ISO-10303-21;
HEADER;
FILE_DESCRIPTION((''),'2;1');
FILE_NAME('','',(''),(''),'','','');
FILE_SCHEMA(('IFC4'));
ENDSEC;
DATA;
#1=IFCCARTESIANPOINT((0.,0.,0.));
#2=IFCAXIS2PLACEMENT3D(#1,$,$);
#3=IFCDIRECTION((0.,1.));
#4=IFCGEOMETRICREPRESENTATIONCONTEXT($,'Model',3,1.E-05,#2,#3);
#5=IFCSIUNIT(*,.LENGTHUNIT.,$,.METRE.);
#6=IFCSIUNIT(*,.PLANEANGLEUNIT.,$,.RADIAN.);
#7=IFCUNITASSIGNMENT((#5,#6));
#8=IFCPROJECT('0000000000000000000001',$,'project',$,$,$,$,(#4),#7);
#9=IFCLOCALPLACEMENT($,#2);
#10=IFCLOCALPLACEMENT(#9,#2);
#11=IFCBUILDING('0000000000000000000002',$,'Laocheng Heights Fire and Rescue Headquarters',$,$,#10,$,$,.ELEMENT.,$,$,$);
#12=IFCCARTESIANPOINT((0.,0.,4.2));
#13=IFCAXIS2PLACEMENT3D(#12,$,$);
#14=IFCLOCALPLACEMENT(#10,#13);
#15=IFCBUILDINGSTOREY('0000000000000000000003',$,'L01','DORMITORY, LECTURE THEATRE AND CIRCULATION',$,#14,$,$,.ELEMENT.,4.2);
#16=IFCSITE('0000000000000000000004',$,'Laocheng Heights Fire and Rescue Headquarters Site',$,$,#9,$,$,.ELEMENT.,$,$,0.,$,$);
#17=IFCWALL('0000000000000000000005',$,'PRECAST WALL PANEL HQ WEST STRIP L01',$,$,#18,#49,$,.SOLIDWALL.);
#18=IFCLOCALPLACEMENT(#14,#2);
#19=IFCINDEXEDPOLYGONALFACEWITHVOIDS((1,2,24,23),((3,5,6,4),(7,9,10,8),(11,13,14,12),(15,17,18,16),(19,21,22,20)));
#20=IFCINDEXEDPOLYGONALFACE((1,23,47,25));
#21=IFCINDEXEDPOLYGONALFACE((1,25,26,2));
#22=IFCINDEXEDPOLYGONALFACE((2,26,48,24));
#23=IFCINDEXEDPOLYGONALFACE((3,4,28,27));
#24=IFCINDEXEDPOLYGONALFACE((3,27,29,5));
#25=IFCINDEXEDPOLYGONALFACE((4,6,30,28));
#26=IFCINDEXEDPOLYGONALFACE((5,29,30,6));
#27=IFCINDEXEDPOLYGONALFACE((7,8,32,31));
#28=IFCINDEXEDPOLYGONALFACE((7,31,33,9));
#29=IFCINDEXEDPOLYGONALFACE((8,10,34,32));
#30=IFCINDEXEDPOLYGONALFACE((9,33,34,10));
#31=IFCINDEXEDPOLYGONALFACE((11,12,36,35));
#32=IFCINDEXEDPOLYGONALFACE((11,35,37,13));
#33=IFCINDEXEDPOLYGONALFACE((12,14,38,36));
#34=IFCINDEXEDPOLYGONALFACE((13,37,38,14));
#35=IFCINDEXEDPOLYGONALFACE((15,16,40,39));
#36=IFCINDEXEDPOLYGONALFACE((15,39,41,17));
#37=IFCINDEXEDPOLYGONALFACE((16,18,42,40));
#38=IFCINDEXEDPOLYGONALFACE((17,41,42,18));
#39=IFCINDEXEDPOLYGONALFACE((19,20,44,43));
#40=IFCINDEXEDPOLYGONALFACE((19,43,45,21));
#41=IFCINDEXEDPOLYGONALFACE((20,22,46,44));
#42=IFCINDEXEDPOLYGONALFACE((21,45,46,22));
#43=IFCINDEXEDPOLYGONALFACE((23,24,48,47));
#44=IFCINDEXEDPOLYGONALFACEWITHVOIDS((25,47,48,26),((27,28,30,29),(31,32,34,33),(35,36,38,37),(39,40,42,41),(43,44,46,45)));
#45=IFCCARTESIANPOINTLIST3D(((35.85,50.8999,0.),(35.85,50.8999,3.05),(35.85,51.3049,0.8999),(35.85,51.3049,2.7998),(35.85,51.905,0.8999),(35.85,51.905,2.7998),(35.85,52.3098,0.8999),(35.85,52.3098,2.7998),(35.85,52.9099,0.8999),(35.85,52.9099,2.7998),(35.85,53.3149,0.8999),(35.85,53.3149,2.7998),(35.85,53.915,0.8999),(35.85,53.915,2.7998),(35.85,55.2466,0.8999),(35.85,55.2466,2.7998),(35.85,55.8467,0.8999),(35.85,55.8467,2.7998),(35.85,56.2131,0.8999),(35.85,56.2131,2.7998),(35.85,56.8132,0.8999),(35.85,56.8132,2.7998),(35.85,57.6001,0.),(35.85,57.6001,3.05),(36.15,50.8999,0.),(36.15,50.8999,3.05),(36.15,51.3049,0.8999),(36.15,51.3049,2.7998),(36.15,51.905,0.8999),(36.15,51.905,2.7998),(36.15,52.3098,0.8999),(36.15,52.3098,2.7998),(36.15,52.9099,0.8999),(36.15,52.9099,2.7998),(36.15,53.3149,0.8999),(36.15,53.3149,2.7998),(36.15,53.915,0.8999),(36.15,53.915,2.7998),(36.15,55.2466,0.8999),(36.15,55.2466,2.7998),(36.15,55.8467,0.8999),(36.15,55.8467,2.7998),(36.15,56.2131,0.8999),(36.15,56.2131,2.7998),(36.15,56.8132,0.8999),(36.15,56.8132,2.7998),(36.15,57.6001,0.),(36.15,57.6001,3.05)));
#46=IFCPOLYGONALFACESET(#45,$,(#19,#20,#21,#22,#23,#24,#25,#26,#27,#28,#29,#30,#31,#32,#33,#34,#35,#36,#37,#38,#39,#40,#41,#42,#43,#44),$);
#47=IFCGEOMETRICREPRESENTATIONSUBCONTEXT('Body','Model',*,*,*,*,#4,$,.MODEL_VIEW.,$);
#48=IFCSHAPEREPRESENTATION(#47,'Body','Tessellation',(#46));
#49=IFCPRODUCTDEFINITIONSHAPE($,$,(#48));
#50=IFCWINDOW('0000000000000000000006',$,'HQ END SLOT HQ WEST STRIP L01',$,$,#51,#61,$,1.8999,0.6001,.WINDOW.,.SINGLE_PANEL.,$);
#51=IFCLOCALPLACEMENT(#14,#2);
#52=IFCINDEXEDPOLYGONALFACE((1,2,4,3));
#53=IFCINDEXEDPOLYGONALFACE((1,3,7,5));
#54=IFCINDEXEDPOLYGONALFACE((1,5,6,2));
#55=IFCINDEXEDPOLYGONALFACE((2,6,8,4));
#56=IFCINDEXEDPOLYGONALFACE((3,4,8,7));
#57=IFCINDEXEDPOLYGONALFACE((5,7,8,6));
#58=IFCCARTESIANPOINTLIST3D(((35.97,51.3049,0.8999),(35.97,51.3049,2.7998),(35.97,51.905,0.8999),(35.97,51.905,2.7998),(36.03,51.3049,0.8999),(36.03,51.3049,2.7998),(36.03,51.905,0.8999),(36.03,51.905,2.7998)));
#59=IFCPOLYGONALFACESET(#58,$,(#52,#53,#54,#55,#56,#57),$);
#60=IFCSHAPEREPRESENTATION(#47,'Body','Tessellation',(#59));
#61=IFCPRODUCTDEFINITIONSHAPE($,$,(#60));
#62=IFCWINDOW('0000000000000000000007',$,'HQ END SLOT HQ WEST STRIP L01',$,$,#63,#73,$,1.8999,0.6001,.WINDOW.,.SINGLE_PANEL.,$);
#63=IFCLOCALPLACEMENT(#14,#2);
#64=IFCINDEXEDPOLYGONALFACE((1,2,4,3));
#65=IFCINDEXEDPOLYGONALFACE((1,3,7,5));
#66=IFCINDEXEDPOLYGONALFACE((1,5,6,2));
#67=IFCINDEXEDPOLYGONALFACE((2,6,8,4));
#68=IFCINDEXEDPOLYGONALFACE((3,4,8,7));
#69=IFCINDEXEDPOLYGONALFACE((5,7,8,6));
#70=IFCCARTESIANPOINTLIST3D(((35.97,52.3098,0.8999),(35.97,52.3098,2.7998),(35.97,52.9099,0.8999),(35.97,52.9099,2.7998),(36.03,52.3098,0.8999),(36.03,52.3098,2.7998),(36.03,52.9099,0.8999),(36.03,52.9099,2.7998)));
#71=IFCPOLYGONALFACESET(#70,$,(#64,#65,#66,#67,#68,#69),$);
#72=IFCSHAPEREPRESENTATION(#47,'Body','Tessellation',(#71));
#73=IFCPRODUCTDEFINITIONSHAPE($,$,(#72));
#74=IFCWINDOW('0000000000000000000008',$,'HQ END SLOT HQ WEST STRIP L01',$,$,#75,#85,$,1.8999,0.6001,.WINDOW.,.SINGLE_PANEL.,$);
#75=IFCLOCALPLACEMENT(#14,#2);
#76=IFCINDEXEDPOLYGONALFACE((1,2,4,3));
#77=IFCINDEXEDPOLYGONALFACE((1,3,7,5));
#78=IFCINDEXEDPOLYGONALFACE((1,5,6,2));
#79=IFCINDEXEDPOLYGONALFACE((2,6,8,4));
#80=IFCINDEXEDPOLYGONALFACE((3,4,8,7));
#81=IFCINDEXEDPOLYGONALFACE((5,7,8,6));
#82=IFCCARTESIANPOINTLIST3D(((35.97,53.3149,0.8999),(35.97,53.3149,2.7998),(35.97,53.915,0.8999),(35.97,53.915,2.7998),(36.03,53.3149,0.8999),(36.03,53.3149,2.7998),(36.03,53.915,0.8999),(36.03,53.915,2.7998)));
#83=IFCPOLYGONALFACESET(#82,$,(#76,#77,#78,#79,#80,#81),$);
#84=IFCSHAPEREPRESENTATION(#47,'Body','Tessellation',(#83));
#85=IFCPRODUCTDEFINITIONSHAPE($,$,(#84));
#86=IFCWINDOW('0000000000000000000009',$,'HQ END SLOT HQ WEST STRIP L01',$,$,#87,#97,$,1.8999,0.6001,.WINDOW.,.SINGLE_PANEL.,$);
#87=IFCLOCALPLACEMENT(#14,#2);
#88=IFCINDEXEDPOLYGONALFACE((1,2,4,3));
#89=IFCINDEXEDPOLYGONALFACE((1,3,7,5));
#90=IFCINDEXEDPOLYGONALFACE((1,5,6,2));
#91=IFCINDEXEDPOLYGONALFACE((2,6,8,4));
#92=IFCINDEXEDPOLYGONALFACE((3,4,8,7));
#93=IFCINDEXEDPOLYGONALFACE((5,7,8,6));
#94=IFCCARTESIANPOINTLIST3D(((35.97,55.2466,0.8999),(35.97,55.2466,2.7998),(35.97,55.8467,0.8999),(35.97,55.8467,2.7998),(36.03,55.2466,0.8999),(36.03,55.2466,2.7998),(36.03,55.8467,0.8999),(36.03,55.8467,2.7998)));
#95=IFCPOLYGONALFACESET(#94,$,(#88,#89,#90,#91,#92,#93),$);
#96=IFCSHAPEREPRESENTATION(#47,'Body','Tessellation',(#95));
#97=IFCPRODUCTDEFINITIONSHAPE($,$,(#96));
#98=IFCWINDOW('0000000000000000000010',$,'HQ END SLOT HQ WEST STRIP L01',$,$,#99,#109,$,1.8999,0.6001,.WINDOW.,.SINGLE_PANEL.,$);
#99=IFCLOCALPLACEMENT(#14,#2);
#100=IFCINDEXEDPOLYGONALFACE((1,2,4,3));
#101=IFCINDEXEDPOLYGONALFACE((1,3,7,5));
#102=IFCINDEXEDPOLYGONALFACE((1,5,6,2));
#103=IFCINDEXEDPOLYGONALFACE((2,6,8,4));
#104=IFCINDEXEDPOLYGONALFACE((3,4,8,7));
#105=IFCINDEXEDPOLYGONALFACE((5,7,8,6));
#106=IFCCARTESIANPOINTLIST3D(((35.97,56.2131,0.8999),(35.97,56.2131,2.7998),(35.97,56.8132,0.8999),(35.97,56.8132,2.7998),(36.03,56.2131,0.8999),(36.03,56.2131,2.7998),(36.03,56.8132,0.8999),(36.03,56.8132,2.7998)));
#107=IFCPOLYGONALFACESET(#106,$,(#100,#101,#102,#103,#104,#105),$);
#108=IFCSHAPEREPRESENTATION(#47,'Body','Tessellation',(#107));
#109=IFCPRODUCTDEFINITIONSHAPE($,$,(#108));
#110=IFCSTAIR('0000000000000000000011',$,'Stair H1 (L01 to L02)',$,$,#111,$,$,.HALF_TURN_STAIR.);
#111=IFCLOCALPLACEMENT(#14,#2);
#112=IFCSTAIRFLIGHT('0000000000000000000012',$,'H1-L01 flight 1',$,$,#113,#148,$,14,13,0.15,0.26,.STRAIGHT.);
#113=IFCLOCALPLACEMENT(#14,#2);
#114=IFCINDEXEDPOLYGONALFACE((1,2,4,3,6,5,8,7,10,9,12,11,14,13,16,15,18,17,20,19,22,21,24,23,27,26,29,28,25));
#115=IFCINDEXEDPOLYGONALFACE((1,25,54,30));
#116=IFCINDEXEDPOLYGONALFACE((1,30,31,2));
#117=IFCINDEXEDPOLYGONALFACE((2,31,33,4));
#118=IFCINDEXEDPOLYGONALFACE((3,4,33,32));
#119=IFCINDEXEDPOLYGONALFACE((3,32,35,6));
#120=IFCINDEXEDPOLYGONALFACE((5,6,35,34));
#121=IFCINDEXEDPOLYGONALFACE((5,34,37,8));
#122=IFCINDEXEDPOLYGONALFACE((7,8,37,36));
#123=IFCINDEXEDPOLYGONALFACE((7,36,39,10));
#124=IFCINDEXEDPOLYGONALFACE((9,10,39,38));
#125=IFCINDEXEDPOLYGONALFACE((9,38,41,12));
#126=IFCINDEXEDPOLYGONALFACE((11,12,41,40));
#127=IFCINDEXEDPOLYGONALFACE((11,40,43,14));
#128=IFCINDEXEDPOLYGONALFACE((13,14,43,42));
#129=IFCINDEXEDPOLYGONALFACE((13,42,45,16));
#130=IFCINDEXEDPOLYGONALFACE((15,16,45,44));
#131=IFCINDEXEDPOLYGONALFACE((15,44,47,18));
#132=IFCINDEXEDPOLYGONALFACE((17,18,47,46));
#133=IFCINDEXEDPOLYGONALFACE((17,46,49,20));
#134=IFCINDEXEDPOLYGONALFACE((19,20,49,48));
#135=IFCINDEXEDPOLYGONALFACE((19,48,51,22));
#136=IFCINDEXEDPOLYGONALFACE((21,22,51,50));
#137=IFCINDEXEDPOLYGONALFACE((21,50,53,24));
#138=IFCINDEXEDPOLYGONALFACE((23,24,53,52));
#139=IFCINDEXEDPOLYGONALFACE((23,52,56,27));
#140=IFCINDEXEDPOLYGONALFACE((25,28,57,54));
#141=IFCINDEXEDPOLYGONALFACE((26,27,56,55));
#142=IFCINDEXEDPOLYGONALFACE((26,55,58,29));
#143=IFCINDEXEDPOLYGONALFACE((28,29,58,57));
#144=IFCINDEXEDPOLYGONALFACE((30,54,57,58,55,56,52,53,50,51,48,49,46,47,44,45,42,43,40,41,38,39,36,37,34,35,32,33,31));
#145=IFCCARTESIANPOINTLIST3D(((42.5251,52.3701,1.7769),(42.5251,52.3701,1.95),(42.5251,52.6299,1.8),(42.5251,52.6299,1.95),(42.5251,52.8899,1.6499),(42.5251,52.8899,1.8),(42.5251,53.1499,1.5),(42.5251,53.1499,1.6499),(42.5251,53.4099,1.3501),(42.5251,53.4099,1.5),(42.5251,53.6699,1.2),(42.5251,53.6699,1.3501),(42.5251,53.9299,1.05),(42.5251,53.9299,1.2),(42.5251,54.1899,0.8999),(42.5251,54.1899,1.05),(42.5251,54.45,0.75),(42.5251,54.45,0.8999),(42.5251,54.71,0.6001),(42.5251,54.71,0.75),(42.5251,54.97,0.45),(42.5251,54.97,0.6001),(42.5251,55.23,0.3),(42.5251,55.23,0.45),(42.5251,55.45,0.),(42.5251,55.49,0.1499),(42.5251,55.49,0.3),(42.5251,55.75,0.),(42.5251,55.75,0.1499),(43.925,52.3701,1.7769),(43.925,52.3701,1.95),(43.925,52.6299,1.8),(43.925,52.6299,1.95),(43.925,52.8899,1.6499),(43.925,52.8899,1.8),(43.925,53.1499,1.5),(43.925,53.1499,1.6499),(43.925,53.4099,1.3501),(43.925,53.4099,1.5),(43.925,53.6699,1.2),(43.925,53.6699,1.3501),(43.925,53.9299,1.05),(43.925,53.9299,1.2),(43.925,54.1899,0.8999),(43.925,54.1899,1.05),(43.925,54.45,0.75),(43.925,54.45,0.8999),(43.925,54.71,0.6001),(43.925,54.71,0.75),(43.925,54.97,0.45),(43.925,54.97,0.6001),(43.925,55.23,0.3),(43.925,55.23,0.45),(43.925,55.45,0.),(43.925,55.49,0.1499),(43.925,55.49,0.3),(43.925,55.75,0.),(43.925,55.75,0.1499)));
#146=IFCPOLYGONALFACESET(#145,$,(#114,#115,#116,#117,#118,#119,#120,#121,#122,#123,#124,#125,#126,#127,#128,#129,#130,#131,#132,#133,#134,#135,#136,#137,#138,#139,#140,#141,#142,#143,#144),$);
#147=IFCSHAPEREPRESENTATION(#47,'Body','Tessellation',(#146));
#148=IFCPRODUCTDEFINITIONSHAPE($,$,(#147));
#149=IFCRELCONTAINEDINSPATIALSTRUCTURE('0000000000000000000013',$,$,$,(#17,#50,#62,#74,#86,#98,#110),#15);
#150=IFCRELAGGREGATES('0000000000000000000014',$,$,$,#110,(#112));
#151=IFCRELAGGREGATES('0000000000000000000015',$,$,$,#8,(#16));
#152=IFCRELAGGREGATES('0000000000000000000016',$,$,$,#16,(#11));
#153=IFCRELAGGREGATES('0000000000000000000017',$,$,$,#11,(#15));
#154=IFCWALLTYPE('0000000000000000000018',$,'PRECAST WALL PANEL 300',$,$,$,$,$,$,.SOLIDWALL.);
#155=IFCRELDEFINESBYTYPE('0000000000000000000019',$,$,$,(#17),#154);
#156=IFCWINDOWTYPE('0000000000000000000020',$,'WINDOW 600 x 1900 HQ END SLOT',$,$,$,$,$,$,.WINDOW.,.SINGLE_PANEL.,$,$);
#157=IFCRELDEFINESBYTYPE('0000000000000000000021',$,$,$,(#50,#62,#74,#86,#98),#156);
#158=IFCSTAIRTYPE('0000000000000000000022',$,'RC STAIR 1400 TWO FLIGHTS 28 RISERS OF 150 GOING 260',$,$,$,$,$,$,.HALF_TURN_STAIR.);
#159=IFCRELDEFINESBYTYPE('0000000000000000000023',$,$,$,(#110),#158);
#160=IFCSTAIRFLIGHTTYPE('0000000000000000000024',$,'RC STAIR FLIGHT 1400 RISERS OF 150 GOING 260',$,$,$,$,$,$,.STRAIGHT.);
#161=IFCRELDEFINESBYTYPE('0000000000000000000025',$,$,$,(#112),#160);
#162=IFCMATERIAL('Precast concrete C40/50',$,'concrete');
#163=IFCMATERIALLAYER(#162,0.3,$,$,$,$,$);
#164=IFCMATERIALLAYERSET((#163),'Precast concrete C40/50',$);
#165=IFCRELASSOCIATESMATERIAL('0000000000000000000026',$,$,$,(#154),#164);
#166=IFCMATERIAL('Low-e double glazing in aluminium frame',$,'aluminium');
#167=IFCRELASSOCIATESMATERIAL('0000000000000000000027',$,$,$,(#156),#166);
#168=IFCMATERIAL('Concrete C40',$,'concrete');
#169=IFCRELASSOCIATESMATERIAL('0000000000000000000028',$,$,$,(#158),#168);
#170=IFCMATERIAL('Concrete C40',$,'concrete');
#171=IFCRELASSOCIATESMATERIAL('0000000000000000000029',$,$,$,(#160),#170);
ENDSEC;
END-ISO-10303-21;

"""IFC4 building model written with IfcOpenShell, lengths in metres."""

from ifc_helpers import new_model, si_unit, direction, frame, frame_2d, origin, place, context, subcontext, project, spatial, polyline, rectangle, outline, extrude, material, layer, layer_set, type_object, element, fill, aggregate, save


model = new_model("IFC4")

# Units and contexts
model_context = context("Model", 3, precision=1e-05, world=origin(), true_north=direction((0.0, 1.0)))
body_context = subcontext(model_context, "Body", "Model", "MODEL_VIEW")
ifc_project = project(units=[si_unit("LENGTHUNIT", "METRE"), si_unit("PLANEANGLEUNIT", "RADIAN")], contexts=[model_context])

# Site, building, storey
site_placement = place(None, origin())
site = spatial("IfcSite", under=ifc_project, at=site_placement, Name="Laocheng Heights Fire and Rescue Headquarters Site", CompositionType="ELEMENT", RefElevation=0.0)
building_placement = place(site_placement, origin())
building = spatial("IfcBuilding", under=site, at=building_placement, Name="Laocheng Heights Fire and Rescue Headquarters", CompositionType="ELEMENT")
storey_placement = place(building_placement, frame((0.0, 0.0, 4.2)))
storey = spatial("IfcBuildingStorey", under=building, at=storey_placement, Name="L01", Description="DORMITORY, LECTURE THEATRE AND CIRCULATION", CompositionType="ELEMENT", Elevation=4.2)

# Wall, openings, windows
ifc_material_1 = material(Name="Precast concrete C40/50", Category="concrete")
ifc_layer_1 = layer(ifc_material_1, 0.3)
ifc_layer_set_1 = layer_set([ifc_layer_1], Name="Precast concrete C40/50")
wall_type_1 = type_object("IfcWallType", Name="PRECAST WALL PANEL 300", PredefinedType="SOLIDWALL", material=ifc_layer_set_1)
wall_1_placement = place(storey_placement, frame((36.0, 50.8999, 0.0), z_axis=(0.0, 0.0, 1.0), x_axis=(0.0, 1.0, 0.0)))
wall_1 = element("IfcWall", 1, at=wall_1_placement, inside=storey, type_object=wall_type_1, Name="PRECAST WALL PANEL HQ WEST STRIP L01", PredefinedType="SOLIDWALL", context=body_context, shape_type="SweptSolid", body=[
    extrude(rectangle(XDim=6.7002, YDim=0.3, at=frame_2d((3.3501, 0.0))), origin(), (0.0, 0.0, 1.0), 3.05),
])
opening_1_placement = place(wall_1_placement, frame((0.405, 0.0, 0.8999)))
opening_1 = element("IfcOpeningElement", 2, at=opening_1_placement, cuts=wall_1, PredefinedType="OPENING", context=body_context, shape_type="SweptSolid", body=[
    extrude(rectangle(XDim=0.6001, YDim=1.8999, at=frame_2d((0.3, 0.95))), frame((0.0, 0.1599, 0.0), z_axis=(0.0, -1.0, 0.0), x_axis=(1.0, 0.0, 0.0)), (0.0, 0.0, 1.0), 0.3201),
])
opening_2_placement = place(wall_1_placement, frame((1.4099, 0.0, 0.8999)))
opening_2 = element("IfcOpeningElement", 3, at=opening_2_placement, cuts=wall_1, PredefinedType="OPENING", context=body_context, shape_type="SweptSolid", body=[
    extrude(rectangle(XDim=0.6001, YDim=1.8999, at=frame_2d((0.3, 0.95))), frame((0.0, 0.1599, 0.0), z_axis=(0.0, -1.0, 0.0), x_axis=(1.0, 0.0, 0.0)), (0.0, 0.0, 1.0), 0.3201),
])
opening_3_placement = place(wall_1_placement, frame((2.415, 0.0, 0.8999)))
opening_3 = element("IfcOpeningElement", 4, at=opening_3_placement, cuts=wall_1, PredefinedType="OPENING", context=body_context, shape_type="SweptSolid", body=[
    extrude(rectangle(XDim=0.6001, YDim=1.8999, at=frame_2d((0.3, 0.95))), frame((0.0, 0.1599, 0.0), z_axis=(0.0, -1.0, 0.0), x_axis=(1.0, 0.0, 0.0)), (0.0, 0.0, 1.0), 0.3201),
])
opening_4_placement = place(wall_1_placement, frame((4.3467, 0.0, 0.8999)))
opening_4 = element("IfcOpeningElement", 5, at=opening_4_placement, cuts=wall_1, PredefinedType="OPENING", context=body_context, shape_type="SweptSolid", body=[
    extrude(rectangle(XDim=0.6001, YDim=1.8999, at=frame_2d((0.3, 0.95))), frame((0.0, 0.1599, 0.0), z_axis=(0.0, -1.0, 0.0), x_axis=(1.0, 0.0, 0.0)), (0.0, 0.0, 1.0), 0.3201),
])
opening_5_placement = place(wall_1_placement, frame((5.3132, 0.0, 0.8999)))
opening_5 = element("IfcOpeningElement", 6, at=opening_5_placement, cuts=wall_1, PredefinedType="OPENING", context=body_context, shape_type="SweptSolid", body=[
    extrude(rectangle(XDim=0.6001, YDim=1.8999, at=frame_2d((0.3, 0.95))), frame((0.0, 0.1599, 0.0), z_axis=(0.0, -1.0, 0.0), x_axis=(1.0, 0.0, 0.0)), (0.0, 0.0, 1.0), 0.3201),
])
ifc_material_2 = material(Name="Low-e double glazing in aluminium frame", Category="aluminium")
window_type = type_object("IfcWindowType", Name="WINDOW 600 x 1900 HQ END SLOT", PartitioningType="SINGLE_PANEL", PredefinedType="WINDOW", material=ifc_material_2)
window_1_placement = place(opening_1_placement, origin())
window_1 = element("IfcWindow", 7, at=window_1_placement, inside=storey, type_object=window_type, Name="HQ END SLOT HQ WEST STRIP L01", OverallHeight=1.8999, OverallWidth=0.6001, PartitioningType="SINGLE_PANEL", PredefinedType="WINDOW", context=body_context, shape_type="SweptSolid", body=[
    extrude(rectangle(XDim=0.6001, YDim=1.8999, at=frame_2d((0.3, 0.95))), frame((0.0, 0.03, 0.0), z_axis=(0.0, -1.0, 0.0), x_axis=(1.0, 0.0, 0.0)), (0.0, 0.0, 1.0), 0.0601),
])
fill(opening_1, window_1)
window_2_placement = place(opening_2_placement, origin())
window_2 = element("IfcWindow", 8, at=window_2_placement, inside=storey, type_object=window_type, Name="HQ END SLOT HQ WEST STRIP L01", OverallHeight=1.8999, OverallWidth=0.6001, PartitioningType="SINGLE_PANEL", PredefinedType="WINDOW", context=body_context, shape_type="SweptSolid", body=[
    extrude(rectangle(XDim=0.6001, YDim=1.8999, at=frame_2d((0.3, 0.95))), frame((0.0, 0.03, 0.0), z_axis=(0.0, -1.0, 0.0), x_axis=(1.0, 0.0, 0.0)), (0.0, 0.0, 1.0), 0.0601),
])
fill(opening_2, window_2)
window_3_placement = place(opening_3_placement, origin())
window_3 = element("IfcWindow", 9, at=window_3_placement, inside=storey, type_object=window_type, Name="HQ END SLOT HQ WEST STRIP L01", OverallHeight=1.8999, OverallWidth=0.6001, PartitioningType="SINGLE_PANEL", PredefinedType="WINDOW", context=body_context, shape_type="SweptSolid", body=[
    extrude(rectangle(XDim=0.6001, YDim=1.8999, at=frame_2d((0.3, 0.95))), frame((0.0, 0.03, 0.0), z_axis=(0.0, -1.0, 0.0), x_axis=(1.0, 0.0, 0.0)), (0.0, 0.0, 1.0), 0.0601),
])
fill(opening_3, window_3)
window_4_placement = place(opening_4_placement, origin())
window_4 = element("IfcWindow", 10, at=window_4_placement, inside=storey, type_object=window_type, Name="HQ END SLOT HQ WEST STRIP L01", OverallHeight=1.8999, OverallWidth=0.6001, PartitioningType="SINGLE_PANEL", PredefinedType="WINDOW", context=body_context, shape_type="SweptSolid", body=[
    extrude(rectangle(XDim=0.6001, YDim=1.8999, at=frame_2d((0.3, 0.95))), frame((0.0, 0.03, 0.0), z_axis=(0.0, -1.0, 0.0), x_axis=(1.0, 0.0, 0.0)), (0.0, 0.0, 1.0), 0.0601),
])
fill(opening_4, window_4)
window_5_placement = place(opening_5_placement, origin())
window_5 = element("IfcWindow", 11, at=window_5_placement, inside=storey, type_object=window_type, Name="HQ END SLOT HQ WEST STRIP L01", OverallHeight=1.8999, OverallWidth=0.6001, PartitioningType="SINGLE_PANEL", PredefinedType="WINDOW", context=body_context, shape_type="SweptSolid", body=[
    extrude(rectangle(XDim=0.6001, YDim=1.8999, at=frame_2d((0.3, 0.95))), frame((0.0, 0.03, 0.0), z_axis=(0.0, -1.0, 0.0), x_axis=(1.0, 0.0, 0.0)), (0.0, 0.0, 1.0), 0.0601),
])
fill(opening_5, window_5)

# Stair, stair flight
ifc_material_3 = material(Name="Concrete C40", Category="concrete")
stair_type = type_object("IfcStairType", Name="RC STAIR 1400 TWO FLIGHTS 28 RISERS OF 150 GOING 260", PredefinedType="HALF_TURN_STAIR", material=ifc_material_3)
stair_placement = place(storey_placement, origin())
stair = element("IfcStair", 12, at=stair_placement, inside=storey, type_object=stair_type, Name="Stair H1 (L01 to L02)", PredefinedType="HALF_TURN_STAIR")
ifc_material_4 = material(Name="Concrete C40", Category="concrete")
stair_flight_type = type_object("IfcStairFlightType", Name="RC STAIR FLIGHT 1400 RISERS OF 150 GOING 260", PredefinedType="STRAIGHT", material=ifc_material_4)
stair_flight_placement = place(storey_placement, frame((43.2251, 55.75, 0.0), z_axis=(0.0, 0.0, 1.0), x_axis=(0.0, -1.0, 0.0)))
stair_flight = element("IfcStairFlight", 13, at=stair_flight_placement, type_object=stair_flight_type, Name="H1-L01 flight 1", NumberOfRisers=14, NumberOfTreads=13, PredefinedType="STRAIGHT", RiserHeight=0.15, TreadLength=0.26, context=body_context, shape_type="SweptSolid", body=[
    extrude(outline(polyline([(0.0, 0.0), (0.0, 0.1499), (0.26, 0.1499), (0.26, 0.3), (0.52, 0.3), (0.52, 0.45), (0.78, 0.45), (0.78, 0.6001), (1.04, 0.6001), (1.04, 0.75), (1.3, 0.75), (1.3, 0.8999), (1.5601, 0.8999), (1.5601, 1.05), (1.8201, 1.05), (1.8201, 1.2), (2.0801, 1.2), (2.0801, 1.3501), (2.3401, 1.3501), (2.3401, 1.5), (2.6001, 1.5), (2.6001, 1.6499), (2.8601, 1.6499), (2.8601, 1.8), (3.1201, 1.8), (3.1201, 1.95), (3.3799, 1.95), (3.3799, 2.1001), (3.3799, 1.7769), (0.3, 0.0), (0.0, 0.0)])), frame((0.0, 0.7, 0.0), z_axis=(0.0, -1.0, 0.0), x_axis=(1.0, 0.0, 0.0)), (0.0, 0.0, 1.0), 1.3999),
])
aggregate(stair, [stair_flight])

save(model, "model.ifc")
